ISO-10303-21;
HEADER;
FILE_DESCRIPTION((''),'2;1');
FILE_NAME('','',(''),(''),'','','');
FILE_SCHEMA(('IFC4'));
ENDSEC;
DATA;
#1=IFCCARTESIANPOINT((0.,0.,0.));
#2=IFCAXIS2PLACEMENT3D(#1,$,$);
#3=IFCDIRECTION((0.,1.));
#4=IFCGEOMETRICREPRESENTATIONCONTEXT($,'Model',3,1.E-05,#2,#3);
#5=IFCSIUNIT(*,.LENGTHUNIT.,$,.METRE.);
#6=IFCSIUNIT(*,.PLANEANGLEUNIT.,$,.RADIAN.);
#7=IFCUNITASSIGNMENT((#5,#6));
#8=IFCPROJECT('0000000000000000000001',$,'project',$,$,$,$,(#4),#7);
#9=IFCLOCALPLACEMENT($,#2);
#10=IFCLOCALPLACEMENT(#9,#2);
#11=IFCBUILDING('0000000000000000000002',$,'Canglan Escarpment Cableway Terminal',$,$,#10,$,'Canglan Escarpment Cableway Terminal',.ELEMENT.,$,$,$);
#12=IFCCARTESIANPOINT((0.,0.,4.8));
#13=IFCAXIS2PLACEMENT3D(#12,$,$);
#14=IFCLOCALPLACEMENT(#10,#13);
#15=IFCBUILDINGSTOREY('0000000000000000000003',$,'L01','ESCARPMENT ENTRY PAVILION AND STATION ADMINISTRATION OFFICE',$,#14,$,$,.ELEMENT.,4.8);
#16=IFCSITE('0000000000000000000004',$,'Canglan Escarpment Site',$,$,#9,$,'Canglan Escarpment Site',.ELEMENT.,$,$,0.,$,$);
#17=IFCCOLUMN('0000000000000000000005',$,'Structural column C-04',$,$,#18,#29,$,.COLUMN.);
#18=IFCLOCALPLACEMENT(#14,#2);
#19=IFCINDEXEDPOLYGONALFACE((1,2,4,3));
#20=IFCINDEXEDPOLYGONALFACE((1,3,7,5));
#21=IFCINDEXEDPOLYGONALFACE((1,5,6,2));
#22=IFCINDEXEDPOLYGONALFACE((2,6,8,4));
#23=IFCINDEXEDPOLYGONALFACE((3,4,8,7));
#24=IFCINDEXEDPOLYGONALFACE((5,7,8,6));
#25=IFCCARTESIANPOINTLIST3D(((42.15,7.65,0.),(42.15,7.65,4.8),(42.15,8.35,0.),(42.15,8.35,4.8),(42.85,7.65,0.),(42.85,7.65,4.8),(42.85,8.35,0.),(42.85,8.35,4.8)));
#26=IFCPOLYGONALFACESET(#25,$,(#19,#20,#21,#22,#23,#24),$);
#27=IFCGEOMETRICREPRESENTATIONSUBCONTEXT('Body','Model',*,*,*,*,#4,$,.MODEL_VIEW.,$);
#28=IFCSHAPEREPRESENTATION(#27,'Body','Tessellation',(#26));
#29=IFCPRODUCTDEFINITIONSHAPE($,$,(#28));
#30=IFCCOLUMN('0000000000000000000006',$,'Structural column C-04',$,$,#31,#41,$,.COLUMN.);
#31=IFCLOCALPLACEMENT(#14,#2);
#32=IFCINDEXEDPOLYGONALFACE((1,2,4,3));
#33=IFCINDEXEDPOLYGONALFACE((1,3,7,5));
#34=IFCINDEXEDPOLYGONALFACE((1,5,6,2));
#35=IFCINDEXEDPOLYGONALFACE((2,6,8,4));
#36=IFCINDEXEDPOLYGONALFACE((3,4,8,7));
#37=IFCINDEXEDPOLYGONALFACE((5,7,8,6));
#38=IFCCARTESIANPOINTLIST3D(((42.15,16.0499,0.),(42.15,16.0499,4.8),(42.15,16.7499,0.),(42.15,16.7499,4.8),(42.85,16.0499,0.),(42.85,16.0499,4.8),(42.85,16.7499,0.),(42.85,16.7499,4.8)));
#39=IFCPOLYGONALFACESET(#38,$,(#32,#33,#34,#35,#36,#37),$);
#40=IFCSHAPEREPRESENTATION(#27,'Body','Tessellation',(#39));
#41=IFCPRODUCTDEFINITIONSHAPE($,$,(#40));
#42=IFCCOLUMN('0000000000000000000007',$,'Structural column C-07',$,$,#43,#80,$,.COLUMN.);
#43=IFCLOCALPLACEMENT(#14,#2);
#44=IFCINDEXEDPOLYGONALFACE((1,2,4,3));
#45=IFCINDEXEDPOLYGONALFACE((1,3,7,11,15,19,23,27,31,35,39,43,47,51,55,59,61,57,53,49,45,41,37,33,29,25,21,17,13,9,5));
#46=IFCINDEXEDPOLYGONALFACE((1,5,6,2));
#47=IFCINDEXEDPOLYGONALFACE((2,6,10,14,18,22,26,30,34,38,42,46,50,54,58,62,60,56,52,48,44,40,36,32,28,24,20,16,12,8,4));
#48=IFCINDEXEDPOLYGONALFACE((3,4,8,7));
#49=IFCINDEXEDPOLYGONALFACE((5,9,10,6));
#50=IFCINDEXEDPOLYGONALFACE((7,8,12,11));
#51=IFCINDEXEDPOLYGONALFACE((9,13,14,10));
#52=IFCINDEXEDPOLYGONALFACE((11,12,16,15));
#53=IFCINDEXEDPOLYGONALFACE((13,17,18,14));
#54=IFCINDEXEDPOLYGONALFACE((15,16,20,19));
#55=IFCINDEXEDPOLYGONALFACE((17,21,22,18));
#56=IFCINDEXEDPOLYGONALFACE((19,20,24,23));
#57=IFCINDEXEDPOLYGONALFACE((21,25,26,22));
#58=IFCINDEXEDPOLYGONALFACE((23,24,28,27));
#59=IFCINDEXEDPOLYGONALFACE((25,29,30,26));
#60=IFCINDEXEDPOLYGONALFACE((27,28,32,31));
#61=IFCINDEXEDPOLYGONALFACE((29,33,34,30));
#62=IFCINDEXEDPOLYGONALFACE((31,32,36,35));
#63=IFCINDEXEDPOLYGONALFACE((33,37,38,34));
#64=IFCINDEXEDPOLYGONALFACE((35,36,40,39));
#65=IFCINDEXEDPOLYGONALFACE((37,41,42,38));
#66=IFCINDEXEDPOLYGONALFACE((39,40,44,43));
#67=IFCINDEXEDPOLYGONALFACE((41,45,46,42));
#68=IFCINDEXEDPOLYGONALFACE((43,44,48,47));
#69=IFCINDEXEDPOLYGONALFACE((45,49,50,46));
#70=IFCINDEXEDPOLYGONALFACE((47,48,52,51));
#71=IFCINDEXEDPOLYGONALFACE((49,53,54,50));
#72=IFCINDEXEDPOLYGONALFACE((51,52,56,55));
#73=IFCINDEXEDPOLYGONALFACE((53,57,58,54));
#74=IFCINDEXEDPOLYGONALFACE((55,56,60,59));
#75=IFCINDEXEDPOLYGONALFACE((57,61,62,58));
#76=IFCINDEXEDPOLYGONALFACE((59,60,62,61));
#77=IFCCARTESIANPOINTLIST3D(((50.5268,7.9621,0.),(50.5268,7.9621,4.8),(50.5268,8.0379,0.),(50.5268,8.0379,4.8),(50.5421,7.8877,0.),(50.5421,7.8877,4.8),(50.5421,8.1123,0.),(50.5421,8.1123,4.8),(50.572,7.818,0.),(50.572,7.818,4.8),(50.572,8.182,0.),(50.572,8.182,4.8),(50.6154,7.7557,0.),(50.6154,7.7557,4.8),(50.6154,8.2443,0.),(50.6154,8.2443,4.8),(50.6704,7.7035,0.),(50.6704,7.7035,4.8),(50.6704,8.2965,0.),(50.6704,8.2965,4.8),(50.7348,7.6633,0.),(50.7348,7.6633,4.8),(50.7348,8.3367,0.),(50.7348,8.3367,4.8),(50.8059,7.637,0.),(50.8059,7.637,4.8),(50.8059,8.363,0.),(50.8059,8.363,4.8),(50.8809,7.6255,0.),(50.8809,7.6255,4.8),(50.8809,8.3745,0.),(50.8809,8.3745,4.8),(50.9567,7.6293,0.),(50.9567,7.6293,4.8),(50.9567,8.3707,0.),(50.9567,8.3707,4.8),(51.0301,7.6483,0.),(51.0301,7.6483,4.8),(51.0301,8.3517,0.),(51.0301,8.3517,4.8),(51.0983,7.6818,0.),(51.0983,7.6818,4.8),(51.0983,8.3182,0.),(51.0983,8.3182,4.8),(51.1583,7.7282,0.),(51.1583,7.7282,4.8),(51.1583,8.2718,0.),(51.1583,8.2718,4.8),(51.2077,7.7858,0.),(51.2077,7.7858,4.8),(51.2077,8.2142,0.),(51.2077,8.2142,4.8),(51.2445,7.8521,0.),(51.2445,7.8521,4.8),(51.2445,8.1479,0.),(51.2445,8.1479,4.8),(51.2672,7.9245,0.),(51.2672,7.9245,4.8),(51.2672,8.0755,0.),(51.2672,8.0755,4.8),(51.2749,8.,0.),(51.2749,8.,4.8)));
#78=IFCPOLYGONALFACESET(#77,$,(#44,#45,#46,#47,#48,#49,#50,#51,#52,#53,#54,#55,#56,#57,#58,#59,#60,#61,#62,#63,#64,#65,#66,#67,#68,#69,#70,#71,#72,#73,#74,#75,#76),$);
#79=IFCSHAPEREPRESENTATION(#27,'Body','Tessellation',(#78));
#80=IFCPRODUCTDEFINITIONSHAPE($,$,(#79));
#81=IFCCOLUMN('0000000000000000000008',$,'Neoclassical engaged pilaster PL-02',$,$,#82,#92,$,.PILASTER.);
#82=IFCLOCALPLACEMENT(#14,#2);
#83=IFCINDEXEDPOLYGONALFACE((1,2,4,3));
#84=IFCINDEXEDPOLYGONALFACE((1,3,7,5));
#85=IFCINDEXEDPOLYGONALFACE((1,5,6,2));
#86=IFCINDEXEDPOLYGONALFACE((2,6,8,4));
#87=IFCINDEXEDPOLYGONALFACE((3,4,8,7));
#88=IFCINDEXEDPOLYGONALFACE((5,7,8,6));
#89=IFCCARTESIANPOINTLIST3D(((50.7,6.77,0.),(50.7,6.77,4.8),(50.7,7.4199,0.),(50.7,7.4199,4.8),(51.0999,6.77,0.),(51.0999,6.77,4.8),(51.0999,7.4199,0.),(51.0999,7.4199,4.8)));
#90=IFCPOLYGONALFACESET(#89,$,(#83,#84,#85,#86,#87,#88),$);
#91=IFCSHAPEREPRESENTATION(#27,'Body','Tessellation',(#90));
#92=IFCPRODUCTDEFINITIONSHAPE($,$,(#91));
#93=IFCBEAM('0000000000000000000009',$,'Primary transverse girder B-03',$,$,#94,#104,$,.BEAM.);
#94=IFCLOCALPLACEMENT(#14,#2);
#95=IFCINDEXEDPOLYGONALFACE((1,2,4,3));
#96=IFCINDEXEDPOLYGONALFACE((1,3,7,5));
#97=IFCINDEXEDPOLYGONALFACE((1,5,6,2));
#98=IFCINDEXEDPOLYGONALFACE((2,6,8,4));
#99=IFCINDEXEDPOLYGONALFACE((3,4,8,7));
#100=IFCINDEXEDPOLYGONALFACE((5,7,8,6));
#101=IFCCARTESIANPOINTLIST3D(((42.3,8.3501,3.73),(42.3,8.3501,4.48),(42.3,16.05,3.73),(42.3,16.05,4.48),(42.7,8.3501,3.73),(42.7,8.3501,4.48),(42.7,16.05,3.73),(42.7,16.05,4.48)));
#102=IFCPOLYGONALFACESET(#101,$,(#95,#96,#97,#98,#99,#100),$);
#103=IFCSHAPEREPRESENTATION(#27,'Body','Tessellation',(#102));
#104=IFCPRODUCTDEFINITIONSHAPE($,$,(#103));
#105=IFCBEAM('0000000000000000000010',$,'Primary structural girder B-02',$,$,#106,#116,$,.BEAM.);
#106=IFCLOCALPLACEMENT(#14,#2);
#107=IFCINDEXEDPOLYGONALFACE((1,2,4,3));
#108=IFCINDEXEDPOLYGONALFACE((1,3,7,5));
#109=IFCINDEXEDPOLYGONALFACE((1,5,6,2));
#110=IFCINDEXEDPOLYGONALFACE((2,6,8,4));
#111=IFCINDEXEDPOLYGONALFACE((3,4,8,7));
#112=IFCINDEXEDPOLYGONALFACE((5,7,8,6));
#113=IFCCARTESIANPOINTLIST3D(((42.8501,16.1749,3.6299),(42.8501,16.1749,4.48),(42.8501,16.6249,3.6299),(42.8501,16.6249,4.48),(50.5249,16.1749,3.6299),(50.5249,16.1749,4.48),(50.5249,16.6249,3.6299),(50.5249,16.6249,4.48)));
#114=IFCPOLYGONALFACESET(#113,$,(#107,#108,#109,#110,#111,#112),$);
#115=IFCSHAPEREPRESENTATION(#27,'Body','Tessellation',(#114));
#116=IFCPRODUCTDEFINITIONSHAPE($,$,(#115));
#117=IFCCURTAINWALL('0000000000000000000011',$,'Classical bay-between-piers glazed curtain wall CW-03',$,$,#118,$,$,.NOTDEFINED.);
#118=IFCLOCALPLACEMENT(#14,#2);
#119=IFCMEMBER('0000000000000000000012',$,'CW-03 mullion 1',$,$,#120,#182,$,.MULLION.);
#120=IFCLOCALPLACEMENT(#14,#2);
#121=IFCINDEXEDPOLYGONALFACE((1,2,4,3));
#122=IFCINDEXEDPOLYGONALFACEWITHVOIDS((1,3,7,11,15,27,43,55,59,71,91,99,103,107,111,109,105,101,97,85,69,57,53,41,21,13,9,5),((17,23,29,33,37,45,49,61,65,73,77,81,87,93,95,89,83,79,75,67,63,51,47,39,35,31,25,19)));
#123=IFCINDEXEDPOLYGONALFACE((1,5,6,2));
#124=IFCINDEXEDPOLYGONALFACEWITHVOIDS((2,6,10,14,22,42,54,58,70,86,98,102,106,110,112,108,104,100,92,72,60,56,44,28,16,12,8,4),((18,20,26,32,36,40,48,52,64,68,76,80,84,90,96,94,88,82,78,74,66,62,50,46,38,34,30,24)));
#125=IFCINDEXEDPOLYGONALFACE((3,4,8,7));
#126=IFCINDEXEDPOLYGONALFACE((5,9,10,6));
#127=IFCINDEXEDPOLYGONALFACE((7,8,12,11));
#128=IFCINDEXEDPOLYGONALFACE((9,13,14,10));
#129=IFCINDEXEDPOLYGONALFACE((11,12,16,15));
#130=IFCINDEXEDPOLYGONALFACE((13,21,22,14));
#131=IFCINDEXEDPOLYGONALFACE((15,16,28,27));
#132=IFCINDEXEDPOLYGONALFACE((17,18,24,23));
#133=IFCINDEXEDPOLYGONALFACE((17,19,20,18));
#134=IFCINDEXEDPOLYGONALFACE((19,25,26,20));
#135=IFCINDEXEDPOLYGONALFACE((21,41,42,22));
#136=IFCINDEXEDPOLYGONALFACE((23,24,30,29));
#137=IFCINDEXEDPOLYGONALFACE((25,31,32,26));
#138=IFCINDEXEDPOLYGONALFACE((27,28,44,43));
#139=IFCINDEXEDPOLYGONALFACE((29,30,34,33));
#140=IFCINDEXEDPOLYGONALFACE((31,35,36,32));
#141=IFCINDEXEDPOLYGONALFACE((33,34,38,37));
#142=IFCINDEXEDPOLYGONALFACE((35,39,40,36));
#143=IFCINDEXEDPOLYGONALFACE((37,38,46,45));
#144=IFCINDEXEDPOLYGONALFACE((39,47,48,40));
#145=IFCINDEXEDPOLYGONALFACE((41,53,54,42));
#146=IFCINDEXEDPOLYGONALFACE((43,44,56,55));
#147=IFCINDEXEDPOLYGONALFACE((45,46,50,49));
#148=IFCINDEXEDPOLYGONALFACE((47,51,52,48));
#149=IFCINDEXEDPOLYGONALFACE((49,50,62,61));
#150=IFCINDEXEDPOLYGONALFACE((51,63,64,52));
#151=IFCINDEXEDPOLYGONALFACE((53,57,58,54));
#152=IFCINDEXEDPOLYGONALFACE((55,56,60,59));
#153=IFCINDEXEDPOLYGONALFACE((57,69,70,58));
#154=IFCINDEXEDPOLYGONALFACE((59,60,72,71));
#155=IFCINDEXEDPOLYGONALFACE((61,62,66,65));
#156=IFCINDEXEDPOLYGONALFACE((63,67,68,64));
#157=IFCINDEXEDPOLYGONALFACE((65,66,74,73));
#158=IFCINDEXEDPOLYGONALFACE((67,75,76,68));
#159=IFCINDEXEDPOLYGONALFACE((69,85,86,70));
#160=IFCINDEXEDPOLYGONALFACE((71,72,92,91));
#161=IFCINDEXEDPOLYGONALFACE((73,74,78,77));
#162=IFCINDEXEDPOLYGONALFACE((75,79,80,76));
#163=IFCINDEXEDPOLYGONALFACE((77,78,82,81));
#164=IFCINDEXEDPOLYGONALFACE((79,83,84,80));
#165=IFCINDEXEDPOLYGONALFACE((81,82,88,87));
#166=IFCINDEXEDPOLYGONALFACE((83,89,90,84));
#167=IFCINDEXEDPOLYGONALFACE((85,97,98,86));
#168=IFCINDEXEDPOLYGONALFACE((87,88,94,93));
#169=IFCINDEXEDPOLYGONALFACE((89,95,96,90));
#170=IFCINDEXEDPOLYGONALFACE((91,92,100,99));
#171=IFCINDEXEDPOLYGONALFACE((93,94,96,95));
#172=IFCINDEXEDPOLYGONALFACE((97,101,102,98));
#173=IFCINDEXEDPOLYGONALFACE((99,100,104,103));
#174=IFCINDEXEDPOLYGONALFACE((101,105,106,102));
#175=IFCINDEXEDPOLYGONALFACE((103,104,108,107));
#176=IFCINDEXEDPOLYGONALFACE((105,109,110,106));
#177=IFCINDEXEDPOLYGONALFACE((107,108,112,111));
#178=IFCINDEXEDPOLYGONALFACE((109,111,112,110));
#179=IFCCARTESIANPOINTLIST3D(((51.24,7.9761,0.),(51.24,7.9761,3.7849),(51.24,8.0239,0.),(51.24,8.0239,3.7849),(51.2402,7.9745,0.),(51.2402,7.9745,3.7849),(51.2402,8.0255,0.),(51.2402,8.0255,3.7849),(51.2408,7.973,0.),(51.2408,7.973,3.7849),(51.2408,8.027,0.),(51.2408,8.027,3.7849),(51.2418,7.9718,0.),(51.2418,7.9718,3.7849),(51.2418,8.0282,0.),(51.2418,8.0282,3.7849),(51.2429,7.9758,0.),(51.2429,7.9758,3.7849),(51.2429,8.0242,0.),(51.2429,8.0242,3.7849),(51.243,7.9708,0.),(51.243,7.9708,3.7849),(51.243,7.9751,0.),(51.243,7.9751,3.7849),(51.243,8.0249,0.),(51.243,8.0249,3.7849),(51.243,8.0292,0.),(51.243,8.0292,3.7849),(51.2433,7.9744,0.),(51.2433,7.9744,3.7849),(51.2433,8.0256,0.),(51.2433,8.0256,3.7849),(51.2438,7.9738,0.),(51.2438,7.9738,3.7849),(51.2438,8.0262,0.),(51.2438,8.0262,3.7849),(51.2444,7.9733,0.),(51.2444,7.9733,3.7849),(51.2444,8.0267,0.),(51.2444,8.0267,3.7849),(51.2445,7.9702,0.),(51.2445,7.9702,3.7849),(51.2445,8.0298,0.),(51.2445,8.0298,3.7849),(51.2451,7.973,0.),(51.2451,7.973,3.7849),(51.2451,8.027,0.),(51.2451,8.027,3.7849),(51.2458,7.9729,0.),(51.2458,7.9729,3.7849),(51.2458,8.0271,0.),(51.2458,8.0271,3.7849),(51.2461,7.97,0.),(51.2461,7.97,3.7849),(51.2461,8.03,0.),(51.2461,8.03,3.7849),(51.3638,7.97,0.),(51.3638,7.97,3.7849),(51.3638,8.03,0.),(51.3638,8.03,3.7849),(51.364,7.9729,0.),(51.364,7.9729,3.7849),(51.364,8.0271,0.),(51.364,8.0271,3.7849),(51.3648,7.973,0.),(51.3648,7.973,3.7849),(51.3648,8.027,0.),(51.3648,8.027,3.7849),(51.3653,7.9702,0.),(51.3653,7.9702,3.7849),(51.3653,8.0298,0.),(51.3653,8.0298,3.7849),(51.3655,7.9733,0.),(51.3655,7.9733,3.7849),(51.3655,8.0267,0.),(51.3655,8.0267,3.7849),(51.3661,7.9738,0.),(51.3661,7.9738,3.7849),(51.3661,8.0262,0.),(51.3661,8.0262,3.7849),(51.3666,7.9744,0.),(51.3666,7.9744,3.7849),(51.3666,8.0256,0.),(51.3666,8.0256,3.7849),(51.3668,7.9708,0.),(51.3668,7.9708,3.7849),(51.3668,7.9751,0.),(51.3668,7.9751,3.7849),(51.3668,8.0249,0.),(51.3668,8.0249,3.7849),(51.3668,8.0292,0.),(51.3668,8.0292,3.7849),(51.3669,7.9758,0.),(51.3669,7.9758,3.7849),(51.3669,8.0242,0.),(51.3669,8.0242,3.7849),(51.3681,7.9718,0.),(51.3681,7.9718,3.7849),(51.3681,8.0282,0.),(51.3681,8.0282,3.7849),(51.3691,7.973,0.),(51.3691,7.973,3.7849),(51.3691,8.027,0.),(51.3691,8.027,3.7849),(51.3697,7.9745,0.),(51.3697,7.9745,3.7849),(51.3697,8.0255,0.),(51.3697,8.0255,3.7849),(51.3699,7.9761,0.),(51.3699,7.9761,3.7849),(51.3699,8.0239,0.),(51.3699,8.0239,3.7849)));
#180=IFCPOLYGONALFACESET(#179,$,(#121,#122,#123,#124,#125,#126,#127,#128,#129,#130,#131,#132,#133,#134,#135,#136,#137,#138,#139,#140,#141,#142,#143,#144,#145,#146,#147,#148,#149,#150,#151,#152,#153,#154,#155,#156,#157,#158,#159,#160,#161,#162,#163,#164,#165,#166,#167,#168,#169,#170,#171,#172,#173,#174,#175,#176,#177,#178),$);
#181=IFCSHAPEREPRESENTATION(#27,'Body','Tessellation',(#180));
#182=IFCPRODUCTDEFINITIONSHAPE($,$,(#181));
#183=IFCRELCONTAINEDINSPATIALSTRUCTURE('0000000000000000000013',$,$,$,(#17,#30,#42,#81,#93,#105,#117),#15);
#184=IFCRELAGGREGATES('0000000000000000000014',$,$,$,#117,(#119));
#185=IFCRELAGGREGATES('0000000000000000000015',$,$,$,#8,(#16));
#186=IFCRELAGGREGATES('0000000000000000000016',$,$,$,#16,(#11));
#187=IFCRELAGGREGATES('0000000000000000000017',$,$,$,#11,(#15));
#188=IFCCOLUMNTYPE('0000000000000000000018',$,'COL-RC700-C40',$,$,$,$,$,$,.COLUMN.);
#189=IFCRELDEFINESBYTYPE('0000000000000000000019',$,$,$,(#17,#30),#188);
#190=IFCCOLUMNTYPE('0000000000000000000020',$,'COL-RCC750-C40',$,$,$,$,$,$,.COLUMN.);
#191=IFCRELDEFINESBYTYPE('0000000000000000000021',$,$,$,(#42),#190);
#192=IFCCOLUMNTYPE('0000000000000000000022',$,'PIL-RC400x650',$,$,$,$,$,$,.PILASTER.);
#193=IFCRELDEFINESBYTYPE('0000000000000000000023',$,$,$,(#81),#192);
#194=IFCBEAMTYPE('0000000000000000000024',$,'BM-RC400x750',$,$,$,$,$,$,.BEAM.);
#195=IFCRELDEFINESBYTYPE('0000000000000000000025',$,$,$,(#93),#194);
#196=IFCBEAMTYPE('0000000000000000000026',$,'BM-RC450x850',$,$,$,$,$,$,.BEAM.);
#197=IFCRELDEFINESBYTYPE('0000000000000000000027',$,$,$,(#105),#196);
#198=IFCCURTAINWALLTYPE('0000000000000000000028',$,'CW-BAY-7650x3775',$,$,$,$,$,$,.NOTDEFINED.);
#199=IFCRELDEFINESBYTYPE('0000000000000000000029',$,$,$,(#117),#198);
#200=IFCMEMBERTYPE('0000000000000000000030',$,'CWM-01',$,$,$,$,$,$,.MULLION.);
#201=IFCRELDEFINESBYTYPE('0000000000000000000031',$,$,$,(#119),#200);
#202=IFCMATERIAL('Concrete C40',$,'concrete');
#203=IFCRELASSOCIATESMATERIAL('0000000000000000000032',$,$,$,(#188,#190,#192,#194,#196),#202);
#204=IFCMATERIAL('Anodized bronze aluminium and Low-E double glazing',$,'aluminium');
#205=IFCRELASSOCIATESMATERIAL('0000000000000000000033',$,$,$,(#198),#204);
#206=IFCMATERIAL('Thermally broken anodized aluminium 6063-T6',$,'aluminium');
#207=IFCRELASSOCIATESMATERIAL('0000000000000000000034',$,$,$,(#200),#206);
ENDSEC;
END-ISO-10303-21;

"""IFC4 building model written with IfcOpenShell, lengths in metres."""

from ifc_helpers import new_model, si_unit, direction, frame, origin, origin_2d, place, context, subcontext, project, spatial, rectangle, hollow_rectangle, circle, extrude, material, material_profile, profile_set, type_object, element, aggregate, save


model = new_model("IFC4")

# Units and contexts
model_context = context("Model", 3, precision=1e-05, world=origin(), true_north=direction((0.0, 1.0)))
body_context = subcontext(model_context, "Body", "Model", "MODEL_VIEW")
ifc_project = project(units=[si_unit("LENGTHUNIT", "METRE"), si_unit("PLANEANGLEUNIT", "RADIAN")], contexts=[model_context])

# Site, building, storey
site_placement = place(None, origin())
site = spatial("IfcSite", under=ifc_project, at=site_placement, Name="Canglan Escarpment Site", LongName="Canglan Escarpment Site", CompositionType="ELEMENT", RefElevation=0.0)
building_placement = place(site_placement, origin())
building = spatial("IfcBuilding", under=site, at=building_placement, Name="Canglan Escarpment Cableway Terminal", LongName="Canglan Escarpment Cableway Terminal", CompositionType="ELEMENT")
storey_placement = place(building_placement, frame((0.0, 0.0, 4.8)))
storey = spatial("IfcBuildingStorey", under=building, at=storey_placement, Name="L01", Description="ESCARPMENT ENTRY PAVILION AND STATION ADMINISTRATION OFFICE", CompositionType="ELEMENT", Elevation=4.8)

# Columns
ifc_material_1 = material(Name="Concrete C40", Category="concrete")
ifc_material_profile_1 = material_profile(ifc_material_1, rectangle(XDim=0.7, YDim=0.7, at=origin_2d()), Name="RC 700x700")
ifc_profile_set_1 = profile_set([ifc_material_profile_1], Name="Concrete C40")
column_type_1 = type_object("IfcColumnType", Name="COL-RC700-C40", PredefinedType="COLUMN", material=ifc_profile_set_1)
for number, where, z_axis, x_axis, name in (
    (1, (42.5, 8.0, 0.0), (0.0, 0.0, 1.0), (1.0, 0.0, 0.0), "Structural column C-04"),
    (2, (42.5, 16.3999, 0.0), (0.0, 0.0, 1.0), (1.0, 0.0, 0.0), "Structural column C-04"),
):
    element("IfcColumn", number, at=place(storey_placement, frame(where, z_axis=z_axis, x_axis=x_axis)), inside=storey, type_object=column_type_1, Name=name, PredefinedType="COLUMN", context=body_context, shape_type="SweptSolid", body=[
        extrude(rectangle(XDim=0.7, YDim=0.7, at=origin_2d()), origin(), (0.0, 0.0, 1.0), 4.8),
    ])
ifc_material_profile_2 = material_profile(ifc_material_1, circle(Radius=0.375, at=origin_2d()), Name="RC-CIRC D750")
ifc_profile_set_2 = profile_set([ifc_material_profile_2], Name="Concrete C40")
column_type_2 = type_object("IfcColumnType", Name="COL-RCC750-C40", PredefinedType="COLUMN", material=ifc_profile_set_2)
column_1_placement = place(storey_placement, frame((50.8999, 8.0, 0.0), z_axis=(0.0, 0.0, 1.0), x_axis=(1.0, 0.0, 0.0)))
element("IfcColumn", 3, at=column_1_placement, inside=storey, type_object=column_type_2, Name="Structural column C-07", PredefinedType="COLUMN", context=body_context, shape_type="SweptSolid", body=[
    extrude(circle(Radius=0.375, at=origin_2d()), origin(), (0.0, 0.0, 1.0), 4.8),
])
ifc_material_profile_3 = material_profile(ifc_material_1, rectangle(XDim=0.3999, YDim=0.6499, at=origin_2d()), Name="RC-PIL 400x650")
ifc_profile_set_3 = profile_set([ifc_material_profile_3], Name="Concrete C40")
column_type_3 = type_object("IfcColumnType", Name="PIL-RC400x650", PredefinedType="PILASTER", material=ifc_profile_set_3)
column_2_placement = place(storey_placement, frame((50.8999, 7.095, 0.0), z_axis=(0.0, 0.0, 1.0), x_axis=(1.0, 0.0, 0.0)))
element("IfcColumn", 4, at=column_2_placement, inside=storey, type_object=column_type_3, Name="Neoclassical engaged pilaster PL-02", PredefinedType="PILASTER", context=body_context, shape_type="SweptSolid", body=[
    extrude(rectangle(XDim=0.3999, YDim=0.6499, at=origin_2d()), origin(), (0.0, 0.0, 1.0), 4.8),
])

# Beams
ifc_material_profile_4 = material_profile(ifc_material_1, rectangle(XDim=0.3999, YDim=0.75, at=origin_2d()), Name="RC 400x750")
ifc_profile_set_4 = profile_set([ifc_material_profile_4], Name="Concrete C40")
beam_type_1 = type_object("IfcBeamType", Name="BM-RC400x750", PredefinedType="BEAM", material=ifc_profile_set_4)
beam_1_placement = place(storey_placement, frame((42.5, 8.3501, 4.105), z_axis=(0.0, 1.0, 0.0), x_axis=(-1.0, 0.0, 0.0)))
element("IfcBeam", 5, at=beam_1_placement, inside=storey, type_object=beam_type_1, Name="Primary transverse girder B-03", PredefinedType="BEAM", context=body_context, shape_type="SweptSolid", body=[
    extrude(rectangle(XDim=0.3999, YDim=0.75, at=origin_2d()), origin(), (0.0, 0.0, 1.0), 7.7),
])
ifc_material_profile_5 = material_profile(ifc_material_1, rectangle(XDim=0.45, YDim=0.8501, at=origin_2d()), Name="RC 450x850")
ifc_profile_set_5 = profile_set([ifc_material_profile_5], Name="Concrete C40")
beam_type_2 = type_object("IfcBeamType", Name="BM-RC450x850", PredefinedType="BEAM", material=ifc_profile_set_5)
beam_2_placement = place(storey_placement, frame((42.8501, 16.3999, 4.0549), z_axis=(1.0, 0.0, 0.0), x_axis=(0.0, 1.0, 0.0)))
element("IfcBeam", 6, at=beam_2_placement, inside=storey, type_object=beam_type_2, Name="Primary structural girder B-02", PredefinedType="BEAM", context=body_context, shape_type="SweptSolid", body=[
    extrude(rectangle(XDim=0.45, YDim=0.8501, at=origin_2d()), origin(), (0.0, 0.0, 1.0), 7.6748),
])

# Curtain wall, member
ifc_material_2 = material(Name="Anodized bronze aluminium and Low-E double glazing", Category="aluminium")
curtain_wall_type = type_object("IfcCurtainWallType", Name="CW-BAY-7650x3775", PredefinedType="NOTDEFINED", material=ifc_material_2)
curtain_wall_placement = place(storey_placement, origin())
curtain_wall = element("IfcCurtainWall", 7, at=curtain_wall_placement, inside=storey, type_object=curtain_wall_type, Name="Classical bay-between-piers glazed curtain wall CW-03", PredefinedType="NOTDEFINED")
ifc_material_3 = material(Name="Thermally broken anodized aluminium 6063-T6", Category="aluminium")
ifc_material_profile_6 = material_profile(ifc_material_3, hollow_rectangle(XDim=0.0601, YDim=0.1299, WallThickness=0.0029, InnerFilletRadius=0.0029, OuterFilletRadius=0.0061, at=origin_2d()), Name="ALU-MULL 60x130x3")
ifc_profile_set_6 = profile_set([ifc_material_profile_6], Name="Thermally broken anodized aluminium 6063-T6")
member_type_1 = type_object("IfcMemberType", Name="CWM-01", PredefinedType="MULLION", material=ifc_profile_set_6)
member_1_placement = place(storey_placement, frame((51.3049, 8.0, 0.0), z_axis=(0.0, 0.0, 1.0), x_axis=(0.0, 1.0, 0.0)))
member_1 = element("IfcMember", 8, at=member_1_placement, type_object=member_type_1, Name="CW-03 mullion 1", PredefinedType="MULLION", context=body_context, shape_type="SweptSolid", body=[
    extrude(hollow_rectangle(XDim=0.0601, YDim=0.1299, WallThickness=0.0029, InnerFilletRadius=0.0029, OuterFilletRadius=0.0061, at=origin_2d()), origin(), (0.0, 0.0, 1.0), 3.7849),
])
aggregate(curtain_wall, [member_1])

save(model, "model.ifc")
